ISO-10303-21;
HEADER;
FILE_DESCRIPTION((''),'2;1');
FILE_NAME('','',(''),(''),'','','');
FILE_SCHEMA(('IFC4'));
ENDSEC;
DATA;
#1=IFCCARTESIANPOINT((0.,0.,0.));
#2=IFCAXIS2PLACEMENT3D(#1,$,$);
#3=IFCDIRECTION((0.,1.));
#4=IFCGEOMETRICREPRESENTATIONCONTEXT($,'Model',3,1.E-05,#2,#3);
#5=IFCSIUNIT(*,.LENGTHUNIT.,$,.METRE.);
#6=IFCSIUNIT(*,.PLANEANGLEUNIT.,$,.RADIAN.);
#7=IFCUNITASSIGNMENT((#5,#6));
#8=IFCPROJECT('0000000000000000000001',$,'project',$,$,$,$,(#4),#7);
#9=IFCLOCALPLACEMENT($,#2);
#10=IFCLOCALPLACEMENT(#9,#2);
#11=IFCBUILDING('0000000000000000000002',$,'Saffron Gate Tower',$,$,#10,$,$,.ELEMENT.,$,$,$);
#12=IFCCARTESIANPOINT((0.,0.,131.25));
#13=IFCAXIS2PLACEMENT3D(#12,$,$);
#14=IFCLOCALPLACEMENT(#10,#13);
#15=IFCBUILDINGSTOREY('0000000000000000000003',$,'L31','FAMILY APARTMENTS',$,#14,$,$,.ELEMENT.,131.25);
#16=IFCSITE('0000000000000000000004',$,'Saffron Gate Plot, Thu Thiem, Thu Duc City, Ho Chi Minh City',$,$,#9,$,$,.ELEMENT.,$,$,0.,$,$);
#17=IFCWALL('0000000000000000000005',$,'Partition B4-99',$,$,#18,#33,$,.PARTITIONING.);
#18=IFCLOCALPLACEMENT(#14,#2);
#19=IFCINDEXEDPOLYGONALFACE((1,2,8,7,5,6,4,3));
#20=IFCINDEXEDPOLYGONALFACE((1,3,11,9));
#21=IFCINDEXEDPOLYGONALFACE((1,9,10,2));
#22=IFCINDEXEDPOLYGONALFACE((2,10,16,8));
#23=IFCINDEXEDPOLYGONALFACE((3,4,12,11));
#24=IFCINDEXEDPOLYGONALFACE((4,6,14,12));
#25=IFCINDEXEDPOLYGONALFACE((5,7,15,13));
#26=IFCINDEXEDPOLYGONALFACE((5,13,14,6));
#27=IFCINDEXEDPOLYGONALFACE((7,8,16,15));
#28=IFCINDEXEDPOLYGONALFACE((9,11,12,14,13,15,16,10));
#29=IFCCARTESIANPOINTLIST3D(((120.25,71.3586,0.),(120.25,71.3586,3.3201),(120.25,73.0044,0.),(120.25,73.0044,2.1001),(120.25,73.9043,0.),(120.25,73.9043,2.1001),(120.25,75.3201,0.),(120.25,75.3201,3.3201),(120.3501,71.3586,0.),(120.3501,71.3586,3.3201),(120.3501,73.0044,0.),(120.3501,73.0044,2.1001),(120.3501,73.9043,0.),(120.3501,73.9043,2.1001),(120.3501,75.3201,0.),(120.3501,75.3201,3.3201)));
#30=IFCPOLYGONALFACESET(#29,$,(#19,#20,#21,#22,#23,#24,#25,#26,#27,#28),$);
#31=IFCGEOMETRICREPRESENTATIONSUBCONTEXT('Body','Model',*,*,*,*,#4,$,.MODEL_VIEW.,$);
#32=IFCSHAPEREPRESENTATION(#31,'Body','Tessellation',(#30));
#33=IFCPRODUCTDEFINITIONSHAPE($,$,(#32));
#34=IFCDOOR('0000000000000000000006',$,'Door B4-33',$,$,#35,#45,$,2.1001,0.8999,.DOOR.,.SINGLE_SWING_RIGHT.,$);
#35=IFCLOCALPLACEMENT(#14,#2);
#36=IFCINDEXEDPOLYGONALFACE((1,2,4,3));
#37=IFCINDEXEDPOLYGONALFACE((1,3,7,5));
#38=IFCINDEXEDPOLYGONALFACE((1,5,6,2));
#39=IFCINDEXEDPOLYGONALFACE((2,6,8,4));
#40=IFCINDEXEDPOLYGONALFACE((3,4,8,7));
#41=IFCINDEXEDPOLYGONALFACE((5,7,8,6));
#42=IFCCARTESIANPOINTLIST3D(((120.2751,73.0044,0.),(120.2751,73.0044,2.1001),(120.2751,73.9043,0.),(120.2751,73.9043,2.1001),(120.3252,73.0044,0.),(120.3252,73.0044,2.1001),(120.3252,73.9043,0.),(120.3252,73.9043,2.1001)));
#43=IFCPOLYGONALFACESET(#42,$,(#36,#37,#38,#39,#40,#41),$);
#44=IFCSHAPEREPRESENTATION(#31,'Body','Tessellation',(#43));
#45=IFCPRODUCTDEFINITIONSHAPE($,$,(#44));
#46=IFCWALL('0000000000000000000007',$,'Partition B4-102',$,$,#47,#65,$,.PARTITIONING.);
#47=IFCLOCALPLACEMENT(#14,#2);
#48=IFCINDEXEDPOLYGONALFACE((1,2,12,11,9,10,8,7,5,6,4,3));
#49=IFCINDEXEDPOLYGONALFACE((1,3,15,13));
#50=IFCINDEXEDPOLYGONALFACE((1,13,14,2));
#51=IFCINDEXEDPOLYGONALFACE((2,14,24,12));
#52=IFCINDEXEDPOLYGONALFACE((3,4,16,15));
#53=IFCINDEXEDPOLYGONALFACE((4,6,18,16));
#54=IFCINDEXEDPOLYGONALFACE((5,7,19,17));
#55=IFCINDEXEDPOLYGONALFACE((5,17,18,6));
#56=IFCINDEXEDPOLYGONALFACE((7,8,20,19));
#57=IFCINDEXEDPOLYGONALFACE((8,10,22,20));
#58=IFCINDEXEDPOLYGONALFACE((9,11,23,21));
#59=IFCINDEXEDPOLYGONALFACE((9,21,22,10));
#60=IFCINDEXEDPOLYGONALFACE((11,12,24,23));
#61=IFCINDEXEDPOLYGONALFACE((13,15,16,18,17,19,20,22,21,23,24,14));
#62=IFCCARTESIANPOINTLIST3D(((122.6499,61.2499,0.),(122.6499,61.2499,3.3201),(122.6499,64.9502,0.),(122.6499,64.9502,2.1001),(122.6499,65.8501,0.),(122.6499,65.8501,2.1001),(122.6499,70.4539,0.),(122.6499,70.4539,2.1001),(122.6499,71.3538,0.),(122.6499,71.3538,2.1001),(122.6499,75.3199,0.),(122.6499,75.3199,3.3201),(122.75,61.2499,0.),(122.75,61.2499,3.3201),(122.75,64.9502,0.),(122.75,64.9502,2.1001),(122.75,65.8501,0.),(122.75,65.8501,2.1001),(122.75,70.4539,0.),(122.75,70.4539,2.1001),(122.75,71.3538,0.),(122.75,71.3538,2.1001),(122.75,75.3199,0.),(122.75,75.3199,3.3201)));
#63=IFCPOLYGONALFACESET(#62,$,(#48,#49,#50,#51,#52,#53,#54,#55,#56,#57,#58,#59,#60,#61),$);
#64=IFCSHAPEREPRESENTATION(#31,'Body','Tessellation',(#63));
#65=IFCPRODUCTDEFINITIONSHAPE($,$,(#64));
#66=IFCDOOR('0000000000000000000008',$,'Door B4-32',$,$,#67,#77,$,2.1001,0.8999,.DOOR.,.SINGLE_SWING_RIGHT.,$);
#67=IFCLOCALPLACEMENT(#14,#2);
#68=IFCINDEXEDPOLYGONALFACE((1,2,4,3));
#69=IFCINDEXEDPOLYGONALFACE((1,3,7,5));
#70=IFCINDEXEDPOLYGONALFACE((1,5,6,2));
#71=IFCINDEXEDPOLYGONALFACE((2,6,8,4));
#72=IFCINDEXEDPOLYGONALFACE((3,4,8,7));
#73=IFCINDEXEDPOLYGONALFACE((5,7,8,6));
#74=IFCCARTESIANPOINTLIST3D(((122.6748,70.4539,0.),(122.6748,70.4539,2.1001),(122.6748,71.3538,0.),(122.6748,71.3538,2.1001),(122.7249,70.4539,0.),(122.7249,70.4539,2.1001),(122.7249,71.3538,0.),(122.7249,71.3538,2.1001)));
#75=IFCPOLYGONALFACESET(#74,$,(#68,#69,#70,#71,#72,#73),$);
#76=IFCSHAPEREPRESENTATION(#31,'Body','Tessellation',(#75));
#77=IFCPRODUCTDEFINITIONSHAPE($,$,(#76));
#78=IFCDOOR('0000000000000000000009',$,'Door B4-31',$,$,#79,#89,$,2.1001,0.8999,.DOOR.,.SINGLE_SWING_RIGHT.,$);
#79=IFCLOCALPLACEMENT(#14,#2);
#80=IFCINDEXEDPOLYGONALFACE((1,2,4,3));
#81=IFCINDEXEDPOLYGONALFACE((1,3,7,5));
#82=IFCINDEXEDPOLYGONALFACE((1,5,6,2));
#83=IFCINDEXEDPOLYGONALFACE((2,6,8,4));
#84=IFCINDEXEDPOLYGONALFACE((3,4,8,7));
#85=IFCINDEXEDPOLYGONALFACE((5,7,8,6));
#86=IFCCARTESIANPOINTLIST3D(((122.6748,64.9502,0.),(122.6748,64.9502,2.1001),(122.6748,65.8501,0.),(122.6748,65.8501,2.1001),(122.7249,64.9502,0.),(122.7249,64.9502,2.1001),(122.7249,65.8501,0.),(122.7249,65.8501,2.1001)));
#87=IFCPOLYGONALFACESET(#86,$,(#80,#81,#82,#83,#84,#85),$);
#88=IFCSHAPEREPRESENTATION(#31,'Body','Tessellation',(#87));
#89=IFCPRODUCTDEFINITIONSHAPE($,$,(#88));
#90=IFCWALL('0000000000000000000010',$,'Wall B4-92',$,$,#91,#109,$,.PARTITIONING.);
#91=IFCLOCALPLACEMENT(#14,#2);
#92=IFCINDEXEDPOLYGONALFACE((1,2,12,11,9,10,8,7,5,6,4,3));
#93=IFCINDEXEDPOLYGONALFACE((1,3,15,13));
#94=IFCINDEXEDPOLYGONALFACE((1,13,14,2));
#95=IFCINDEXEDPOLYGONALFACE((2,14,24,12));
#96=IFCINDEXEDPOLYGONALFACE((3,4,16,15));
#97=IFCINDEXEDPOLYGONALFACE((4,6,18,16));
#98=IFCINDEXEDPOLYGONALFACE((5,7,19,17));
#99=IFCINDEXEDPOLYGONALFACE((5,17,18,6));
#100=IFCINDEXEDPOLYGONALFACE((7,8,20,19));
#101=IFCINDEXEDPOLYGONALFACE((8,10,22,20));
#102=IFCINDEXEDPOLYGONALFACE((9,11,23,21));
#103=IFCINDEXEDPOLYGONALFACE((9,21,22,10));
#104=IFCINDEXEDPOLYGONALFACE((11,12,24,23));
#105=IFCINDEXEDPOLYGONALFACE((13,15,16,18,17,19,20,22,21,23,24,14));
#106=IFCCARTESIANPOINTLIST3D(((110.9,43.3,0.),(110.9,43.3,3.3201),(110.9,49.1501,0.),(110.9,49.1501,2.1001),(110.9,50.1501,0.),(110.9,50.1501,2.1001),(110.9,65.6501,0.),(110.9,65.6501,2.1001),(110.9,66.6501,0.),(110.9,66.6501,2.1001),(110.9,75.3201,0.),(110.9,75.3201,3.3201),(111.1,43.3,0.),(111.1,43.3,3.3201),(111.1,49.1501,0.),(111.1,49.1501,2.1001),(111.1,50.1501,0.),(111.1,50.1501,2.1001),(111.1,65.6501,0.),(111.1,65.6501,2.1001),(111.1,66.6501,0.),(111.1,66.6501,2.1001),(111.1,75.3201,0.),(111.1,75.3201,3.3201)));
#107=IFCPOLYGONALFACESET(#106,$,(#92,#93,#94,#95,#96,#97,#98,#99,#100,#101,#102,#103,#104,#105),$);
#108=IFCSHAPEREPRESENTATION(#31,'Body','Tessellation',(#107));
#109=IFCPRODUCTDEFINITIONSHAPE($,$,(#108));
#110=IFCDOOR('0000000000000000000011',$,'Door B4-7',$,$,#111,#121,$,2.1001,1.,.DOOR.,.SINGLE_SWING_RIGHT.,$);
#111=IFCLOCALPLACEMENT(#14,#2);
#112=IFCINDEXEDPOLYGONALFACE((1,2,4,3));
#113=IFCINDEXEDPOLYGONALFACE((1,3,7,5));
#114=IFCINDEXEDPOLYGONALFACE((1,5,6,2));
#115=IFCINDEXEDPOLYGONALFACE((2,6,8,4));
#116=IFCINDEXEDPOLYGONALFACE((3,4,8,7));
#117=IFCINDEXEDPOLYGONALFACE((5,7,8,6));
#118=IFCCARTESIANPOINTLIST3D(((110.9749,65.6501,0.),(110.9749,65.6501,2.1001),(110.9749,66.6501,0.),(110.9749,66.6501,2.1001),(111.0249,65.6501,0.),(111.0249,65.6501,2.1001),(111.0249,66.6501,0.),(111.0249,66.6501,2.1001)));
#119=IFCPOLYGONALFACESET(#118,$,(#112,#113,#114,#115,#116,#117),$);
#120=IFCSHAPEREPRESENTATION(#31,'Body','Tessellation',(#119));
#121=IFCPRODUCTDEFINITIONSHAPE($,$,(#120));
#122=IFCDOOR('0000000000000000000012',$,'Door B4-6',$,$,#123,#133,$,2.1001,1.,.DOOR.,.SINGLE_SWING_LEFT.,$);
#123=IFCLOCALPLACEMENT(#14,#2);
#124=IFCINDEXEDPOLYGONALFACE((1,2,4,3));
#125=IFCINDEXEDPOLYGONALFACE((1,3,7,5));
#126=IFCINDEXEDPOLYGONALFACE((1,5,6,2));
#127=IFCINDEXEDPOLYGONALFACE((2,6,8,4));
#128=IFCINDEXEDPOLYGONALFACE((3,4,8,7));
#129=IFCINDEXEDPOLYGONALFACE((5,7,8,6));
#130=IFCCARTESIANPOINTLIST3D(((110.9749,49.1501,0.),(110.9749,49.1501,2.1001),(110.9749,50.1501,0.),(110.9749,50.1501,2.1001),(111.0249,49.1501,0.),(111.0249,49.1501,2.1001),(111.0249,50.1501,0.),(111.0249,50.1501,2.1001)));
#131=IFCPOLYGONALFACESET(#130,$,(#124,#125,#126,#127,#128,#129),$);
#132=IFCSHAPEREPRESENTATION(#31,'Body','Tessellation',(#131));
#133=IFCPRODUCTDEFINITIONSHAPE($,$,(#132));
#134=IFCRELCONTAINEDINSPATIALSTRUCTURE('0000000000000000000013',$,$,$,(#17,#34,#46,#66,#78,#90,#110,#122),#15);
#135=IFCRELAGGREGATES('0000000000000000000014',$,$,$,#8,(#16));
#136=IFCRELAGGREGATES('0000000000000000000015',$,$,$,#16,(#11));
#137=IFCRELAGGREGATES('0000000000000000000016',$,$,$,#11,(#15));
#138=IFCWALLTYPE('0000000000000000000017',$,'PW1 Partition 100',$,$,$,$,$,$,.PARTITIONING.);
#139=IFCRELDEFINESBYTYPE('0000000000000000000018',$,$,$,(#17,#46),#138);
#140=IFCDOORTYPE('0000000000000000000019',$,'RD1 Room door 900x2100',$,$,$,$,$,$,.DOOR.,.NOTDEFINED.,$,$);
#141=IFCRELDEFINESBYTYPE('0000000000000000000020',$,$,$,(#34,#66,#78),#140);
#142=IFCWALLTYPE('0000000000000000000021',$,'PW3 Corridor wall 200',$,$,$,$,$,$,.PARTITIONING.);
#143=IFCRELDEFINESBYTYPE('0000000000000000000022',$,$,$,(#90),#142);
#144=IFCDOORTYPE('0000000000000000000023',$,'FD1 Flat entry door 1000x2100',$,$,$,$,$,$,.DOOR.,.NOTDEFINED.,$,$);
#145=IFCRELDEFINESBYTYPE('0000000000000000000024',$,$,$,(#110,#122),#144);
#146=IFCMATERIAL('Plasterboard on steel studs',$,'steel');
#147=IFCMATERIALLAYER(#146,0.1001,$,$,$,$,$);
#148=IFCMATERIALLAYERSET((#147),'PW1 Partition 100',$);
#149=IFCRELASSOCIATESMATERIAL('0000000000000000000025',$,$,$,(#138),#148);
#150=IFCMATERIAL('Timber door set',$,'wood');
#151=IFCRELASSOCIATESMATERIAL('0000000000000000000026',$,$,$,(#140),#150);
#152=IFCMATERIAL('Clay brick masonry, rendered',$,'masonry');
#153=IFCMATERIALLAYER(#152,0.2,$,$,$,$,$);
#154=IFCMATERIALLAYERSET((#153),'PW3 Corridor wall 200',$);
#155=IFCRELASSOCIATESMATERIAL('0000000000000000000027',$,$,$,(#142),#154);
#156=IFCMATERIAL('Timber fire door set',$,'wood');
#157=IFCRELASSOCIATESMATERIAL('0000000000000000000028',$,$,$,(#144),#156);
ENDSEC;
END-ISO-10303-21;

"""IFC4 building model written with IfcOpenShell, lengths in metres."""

from ifc_helpers import new_model, si_unit, direction, frame, frame_2d, origin, place, context, subcontext, project, spatial, rectangle, extrude, material, layer, layer_set, type_object, element, fill, save


model = new_model("IFC4")

# Units and contexts
model_context = context("Model", 3, precision=1e-05, world=origin(), true_north=direction((0.0, 1.0)))
body_context = subcontext(model_context, "Body", "Model", "MODEL_VIEW")
ifc_project = project(units=[si_unit("LENGTHUNIT", "METRE"), si_unit("PLANEANGLEUNIT", "RADIAN")], contexts=[model_context])

# Site, building, storey
site_placement = place(None, origin())
site = spatial("IfcSite", under=ifc_project, at=site_placement, Name="Saffron Gate Plot, Thu Thiem, Thu Duc City, Ho Chi Minh City", CompositionType="ELEMENT", RefElevation=0.0)
building_placement = place(site_placement, origin())
building = spatial("IfcBuilding", under=site, at=building_placement, Name="Saffron Gate Tower", CompositionType="ELEMENT")
storey_placement = place(building_placement, frame((0.0, 0.0, 131.25)))
storey = spatial("IfcBuildingStorey", under=building, at=storey_placement, Name="L31", Description="FAMILY APARTMENTS", CompositionType="ELEMENT", Elevation=131.25)

# Shared definitions
ifc_material_1 = material(Name="Plasterboard on steel studs", Category="steel")
ifc_layer_1 = layer(ifc_material_1, 0.1001)
ifc_layer_set_1 = layer_set([ifc_layer_1], Name="PW1 Partition 100")
wall_type_1 = type_object("IfcWallType", Name="PW1 Partition 100", PredefinedType="PARTITIONING", material=ifc_layer_set_1)

# Wall, opening, door
wall_1_placement = place(storey_placement, frame((120.3, 71.3586, 0.0), z_axis=(0.0, 0.0, 1.0), x_axis=(0.0, 1.0, 0.0)))
wall_1 = element("IfcWall", 1, at=wall_1_placement, inside=storey, type_object=wall_type_1, Name="Partition B4-99", PredefinedType="PARTITIONING", context=body_context, shape_type="SweptSolid", body=[
    extrude(rectangle(XDim=3.9614, YDim=0.1001, at=frame_2d((1.9807, 0.0))), origin(), (0.0, 0.0, 1.0), 3.3201),
])
opening_1_placement = place(wall_1_placement, frame((1.6458, 0.0, 0.0)))
opening_1 = element("IfcOpeningElement", 2, at=opening_1_placement, cuts=wall_1, PredefinedType="OPENING", context=body_context, shape_type="SweptSolid", body=[
    extrude(rectangle(XDim=0.8999, YDim=2.1001, at=frame_2d((0.45, 1.05))), frame((0.0, 0.0601, 0.0), z_axis=(0.0, -1.0, 0.0), x_axis=(1.0, 0.0, 0.0)), (0.0, 0.0, 1.0), 0.1201),
])
ifc_material_2 = material(Name="Timber door set", Category="wood")
door_type_1 = type_object("IfcDoorType", Name="RD1 Room door 900x2100", OperationType="NOTDEFINED", PredefinedType="DOOR", material=ifc_material_2)
door_1_placement = place(opening_1_placement, origin())
door_1 = element("IfcDoor", 3, at=door_1_placement, inside=storey, type_object=door_type_1, Name="Door B4-33", OperationType="SINGLE_SWING_RIGHT", OverallHeight=2.1001, OverallWidth=0.8999, PredefinedType="DOOR", context=body_context, shape_type="SweptSolid", body=[
    extrude(rectangle(XDim=0.8999, YDim=2.1001, at=frame_2d((0.45, 1.05))), frame((0.0, 0.0249, 0.0), z_axis=(0.0, -1.0, 0.0), x_axis=(1.0, 0.0, 0.0)), (0.0, 0.0, 1.0), 0.05),
])
fill(opening_1, door_1)

# Walls, openings, doors
wall_2_placement = place(storey_placement, frame((122.7, 75.3201, 0.0), z_axis=(0.0, 0.0, 1.0), x_axis=(0.0, -1.0, 0.0)))
wall_2 = element("IfcWall", 4, at=wall_2_placement, inside=storey, type_object=wall_type_1, Name="Partition B4-102", PredefinedType="PARTITIONING", context=body_context, shape_type="SweptSolid", body=[
    extrude(rectangle(XDim=14.0701, YDim=0.1001, at=frame_2d((7.0352, 0.0))), origin(), (0.0, 0.0, 1.0), 3.3201),
])
opening_2_placement = place(wall_2_placement, frame((3.9663, 0.0, 0.0)))
opening_2 = element("IfcOpeningElement", 5, at=opening_2_placement, cuts=wall_2, PredefinedType="OPENING", context=body_context, shape_type="SweptSolid", body=[
    extrude(rectangle(XDim=0.8999, YDim=2.1001, at=frame_2d((0.45, 1.05))), frame((0.0, 0.0601, 0.0), z_axis=(0.0, -1.0, 0.0), x_axis=(1.0, 0.0, 0.0)), (0.0, 0.0, 1.0), 0.1201),
])
opening_3_placement = place(wall_2_placement, frame((9.47, 0.0, 0.0)))
opening_3 = element("IfcOpeningElement", 6, at=opening_3_placement, cuts=wall_2, PredefinedType="OPENING", context=body_context, shape_type="SweptSolid", body=[
    extrude(rectangle(XDim=0.8999, YDim=2.1001, at=frame_2d((0.45, 1.05))), frame((0.0, 0.0601, 0.0), z_axis=(0.0, -1.0, 0.0), x_axis=(1.0, 0.0, 0.0)), (0.0, 0.0, 1.0), 0.1201),
])
door_2_placement = place(opening_2_placement, origin())
door_2 = element("IfcDoor", 7, at=door_2_placement, inside=storey, type_object=door_type_1, Name="Door B4-32", OperationType="SINGLE_SWING_RIGHT", OverallHeight=2.1001, OverallWidth=0.8999, PredefinedType="DOOR", context=body_context, shape_type="SweptSolid", body=[
    extrude(rectangle(XDim=0.8999, YDim=2.1001, at=frame_2d((0.45, 1.05))), frame((0.0, 0.0249, 0.0), z_axis=(0.0, -1.0, 0.0), x_axis=(1.0, 0.0, 0.0)), (0.0, 0.0, 1.0), 0.05),
])
fill(opening_2, door_2)
door_3_placement = place(opening_3_placement, origin())
door_3 = element("IfcDoor", 8, at=door_3_placement, inside=storey, type_object=door_type_1, Name="Door B4-31", OperationType="SINGLE_SWING_RIGHT", OverallHeight=2.1001, OverallWidth=0.8999, PredefinedType="DOOR", context=body_context, shape_type="SweptSolid", body=[
    extrude(rectangle(XDim=0.8999, YDim=2.1001, at=frame_2d((0.45, 1.05))), frame((0.0, 0.0249, 0.0), z_axis=(0.0, -1.0, 0.0), x_axis=(1.0, 0.0, 0.0)), (0.0, 0.0, 1.0), 0.05),
])
fill(opening_3, door_3)
ifc_material_3 = material(Name="Clay brick masonry, rendered", Category="masonry")
ifc_layer_2 = layer(ifc_material_3, 0.2)
ifc_layer_set_2 = layer_set([ifc_layer_2], Name="PW3 Corridor wall 200")
wall_type_2 = type_object("IfcWallType", Name="PW3 Corridor wall 200", PredefinedType="PARTITIONING", material=ifc_layer_set_2)
wall_3_placement = place(storey_placement, frame((111.0, 75.3201, 0.0), z_axis=(0.0, 0.0, 1.0), x_axis=(0.0, -1.0, 0.0)))
wall_3 = element("IfcWall", 9, at=wall_3_placement, inside=storey, type_object=wall_type_2, Name="Wall B4-92", PredefinedType="PARTITIONING", context=body_context, shape_type="SweptSolid", body=[
    extrude(rectangle(XDim=32.02, YDim=0.2, at=frame_2d((16.01, 0.0))), origin(), (0.0, 0.0, 1.0), 3.3201),
])
opening_4_placement = place(wall_3_placement, frame((8.6699, 0.0, 0.0)))
opening_4 = element("IfcOpeningElement", 10, at=opening_4_placement, cuts=wall_3, PredefinedType="OPENING", context=body_context, shape_type="SweptSolid", body=[
    extrude(rectangle(XDim=1.0, YDim=2.1001, at=frame_2d((0.5, 1.05))), frame((0.0, 0.1099, 0.0), z_axis=(0.0, -1.0, 0.0), x_axis=(1.0, 0.0, 0.0)), (0.0, 0.0, 1.0), 0.22),
])
opening_5_placement = place(wall_3_placement, frame((25.1699, 0.0, 0.0)))
opening_5 = element("IfcOpeningElement", 11, at=opening_5_placement, cuts=wall_3, PredefinedType="OPENING", context=body_context, shape_type="SweptSolid", body=[
    extrude(rectangle(XDim=1.0, YDim=2.1001, at=frame_2d((0.5, 1.05))), frame((0.0, 0.1099, 0.0), z_axis=(0.0, -1.0, 0.0), x_axis=(1.0, 0.0, 0.0)), (0.0, 0.0, 1.0), 0.22),
])
ifc_material_4 = material(Name="Timber fire door set", Category="wood")
door_type_2 = type_object("IfcDoorType", Name="FD1 Flat entry door 1000x2100", OperationType="NOTDEFINED", PredefinedType="DOOR", material=ifc_material_4)
door_4_placement = place(opening_4_placement, origin())
door_4 = element("IfcDoor", 12, at=door_4_placement, inside=storey, type_object=door_type_2, Name="Door B4-7", OperationType="SINGLE_SWING_RIGHT", OverallHeight=2.1001, OverallWidth=1.0, PredefinedType="DOOR", context=body_context, shape_type="SweptSolid", body=[
    extrude(rectangle(XDim=1.0, YDim=2.1001, at=frame_2d((0.5, 1.05))), frame((0.0, 0.0249, 0.0), z_axis=(0.0, -1.0, 0.0), x_axis=(1.0, 0.0, 0.0)), (0.0, 0.0, 1.0), 0.05),
])
fill(opening_4, door_4)
door_5_placement = place(opening_5_placement, origin())
door_5 = element("IfcDoor", 13, at=door_5_placement, inside=storey, type_object=door_type_2, Name="Door B4-6", OperationType="SINGLE_SWING_LEFT", OverallHeight=2.1001, OverallWidth=1.0, PredefinedType="DOOR", context=body_context, shape_type="SweptSolid", body=[
    extrude(rectangle(XDim=1.0, YDim=2.1001, at=frame_2d((0.5, 1.05))), frame((0.0, 0.0249, 0.0), z_axis=(0.0, -1.0, 0.0), x_axis=(1.0, 0.0, 0.0)), (0.0, 0.0, 1.0), 0.05),
])
fill(opening_5, door_5)

save(model, "model.ifc")
